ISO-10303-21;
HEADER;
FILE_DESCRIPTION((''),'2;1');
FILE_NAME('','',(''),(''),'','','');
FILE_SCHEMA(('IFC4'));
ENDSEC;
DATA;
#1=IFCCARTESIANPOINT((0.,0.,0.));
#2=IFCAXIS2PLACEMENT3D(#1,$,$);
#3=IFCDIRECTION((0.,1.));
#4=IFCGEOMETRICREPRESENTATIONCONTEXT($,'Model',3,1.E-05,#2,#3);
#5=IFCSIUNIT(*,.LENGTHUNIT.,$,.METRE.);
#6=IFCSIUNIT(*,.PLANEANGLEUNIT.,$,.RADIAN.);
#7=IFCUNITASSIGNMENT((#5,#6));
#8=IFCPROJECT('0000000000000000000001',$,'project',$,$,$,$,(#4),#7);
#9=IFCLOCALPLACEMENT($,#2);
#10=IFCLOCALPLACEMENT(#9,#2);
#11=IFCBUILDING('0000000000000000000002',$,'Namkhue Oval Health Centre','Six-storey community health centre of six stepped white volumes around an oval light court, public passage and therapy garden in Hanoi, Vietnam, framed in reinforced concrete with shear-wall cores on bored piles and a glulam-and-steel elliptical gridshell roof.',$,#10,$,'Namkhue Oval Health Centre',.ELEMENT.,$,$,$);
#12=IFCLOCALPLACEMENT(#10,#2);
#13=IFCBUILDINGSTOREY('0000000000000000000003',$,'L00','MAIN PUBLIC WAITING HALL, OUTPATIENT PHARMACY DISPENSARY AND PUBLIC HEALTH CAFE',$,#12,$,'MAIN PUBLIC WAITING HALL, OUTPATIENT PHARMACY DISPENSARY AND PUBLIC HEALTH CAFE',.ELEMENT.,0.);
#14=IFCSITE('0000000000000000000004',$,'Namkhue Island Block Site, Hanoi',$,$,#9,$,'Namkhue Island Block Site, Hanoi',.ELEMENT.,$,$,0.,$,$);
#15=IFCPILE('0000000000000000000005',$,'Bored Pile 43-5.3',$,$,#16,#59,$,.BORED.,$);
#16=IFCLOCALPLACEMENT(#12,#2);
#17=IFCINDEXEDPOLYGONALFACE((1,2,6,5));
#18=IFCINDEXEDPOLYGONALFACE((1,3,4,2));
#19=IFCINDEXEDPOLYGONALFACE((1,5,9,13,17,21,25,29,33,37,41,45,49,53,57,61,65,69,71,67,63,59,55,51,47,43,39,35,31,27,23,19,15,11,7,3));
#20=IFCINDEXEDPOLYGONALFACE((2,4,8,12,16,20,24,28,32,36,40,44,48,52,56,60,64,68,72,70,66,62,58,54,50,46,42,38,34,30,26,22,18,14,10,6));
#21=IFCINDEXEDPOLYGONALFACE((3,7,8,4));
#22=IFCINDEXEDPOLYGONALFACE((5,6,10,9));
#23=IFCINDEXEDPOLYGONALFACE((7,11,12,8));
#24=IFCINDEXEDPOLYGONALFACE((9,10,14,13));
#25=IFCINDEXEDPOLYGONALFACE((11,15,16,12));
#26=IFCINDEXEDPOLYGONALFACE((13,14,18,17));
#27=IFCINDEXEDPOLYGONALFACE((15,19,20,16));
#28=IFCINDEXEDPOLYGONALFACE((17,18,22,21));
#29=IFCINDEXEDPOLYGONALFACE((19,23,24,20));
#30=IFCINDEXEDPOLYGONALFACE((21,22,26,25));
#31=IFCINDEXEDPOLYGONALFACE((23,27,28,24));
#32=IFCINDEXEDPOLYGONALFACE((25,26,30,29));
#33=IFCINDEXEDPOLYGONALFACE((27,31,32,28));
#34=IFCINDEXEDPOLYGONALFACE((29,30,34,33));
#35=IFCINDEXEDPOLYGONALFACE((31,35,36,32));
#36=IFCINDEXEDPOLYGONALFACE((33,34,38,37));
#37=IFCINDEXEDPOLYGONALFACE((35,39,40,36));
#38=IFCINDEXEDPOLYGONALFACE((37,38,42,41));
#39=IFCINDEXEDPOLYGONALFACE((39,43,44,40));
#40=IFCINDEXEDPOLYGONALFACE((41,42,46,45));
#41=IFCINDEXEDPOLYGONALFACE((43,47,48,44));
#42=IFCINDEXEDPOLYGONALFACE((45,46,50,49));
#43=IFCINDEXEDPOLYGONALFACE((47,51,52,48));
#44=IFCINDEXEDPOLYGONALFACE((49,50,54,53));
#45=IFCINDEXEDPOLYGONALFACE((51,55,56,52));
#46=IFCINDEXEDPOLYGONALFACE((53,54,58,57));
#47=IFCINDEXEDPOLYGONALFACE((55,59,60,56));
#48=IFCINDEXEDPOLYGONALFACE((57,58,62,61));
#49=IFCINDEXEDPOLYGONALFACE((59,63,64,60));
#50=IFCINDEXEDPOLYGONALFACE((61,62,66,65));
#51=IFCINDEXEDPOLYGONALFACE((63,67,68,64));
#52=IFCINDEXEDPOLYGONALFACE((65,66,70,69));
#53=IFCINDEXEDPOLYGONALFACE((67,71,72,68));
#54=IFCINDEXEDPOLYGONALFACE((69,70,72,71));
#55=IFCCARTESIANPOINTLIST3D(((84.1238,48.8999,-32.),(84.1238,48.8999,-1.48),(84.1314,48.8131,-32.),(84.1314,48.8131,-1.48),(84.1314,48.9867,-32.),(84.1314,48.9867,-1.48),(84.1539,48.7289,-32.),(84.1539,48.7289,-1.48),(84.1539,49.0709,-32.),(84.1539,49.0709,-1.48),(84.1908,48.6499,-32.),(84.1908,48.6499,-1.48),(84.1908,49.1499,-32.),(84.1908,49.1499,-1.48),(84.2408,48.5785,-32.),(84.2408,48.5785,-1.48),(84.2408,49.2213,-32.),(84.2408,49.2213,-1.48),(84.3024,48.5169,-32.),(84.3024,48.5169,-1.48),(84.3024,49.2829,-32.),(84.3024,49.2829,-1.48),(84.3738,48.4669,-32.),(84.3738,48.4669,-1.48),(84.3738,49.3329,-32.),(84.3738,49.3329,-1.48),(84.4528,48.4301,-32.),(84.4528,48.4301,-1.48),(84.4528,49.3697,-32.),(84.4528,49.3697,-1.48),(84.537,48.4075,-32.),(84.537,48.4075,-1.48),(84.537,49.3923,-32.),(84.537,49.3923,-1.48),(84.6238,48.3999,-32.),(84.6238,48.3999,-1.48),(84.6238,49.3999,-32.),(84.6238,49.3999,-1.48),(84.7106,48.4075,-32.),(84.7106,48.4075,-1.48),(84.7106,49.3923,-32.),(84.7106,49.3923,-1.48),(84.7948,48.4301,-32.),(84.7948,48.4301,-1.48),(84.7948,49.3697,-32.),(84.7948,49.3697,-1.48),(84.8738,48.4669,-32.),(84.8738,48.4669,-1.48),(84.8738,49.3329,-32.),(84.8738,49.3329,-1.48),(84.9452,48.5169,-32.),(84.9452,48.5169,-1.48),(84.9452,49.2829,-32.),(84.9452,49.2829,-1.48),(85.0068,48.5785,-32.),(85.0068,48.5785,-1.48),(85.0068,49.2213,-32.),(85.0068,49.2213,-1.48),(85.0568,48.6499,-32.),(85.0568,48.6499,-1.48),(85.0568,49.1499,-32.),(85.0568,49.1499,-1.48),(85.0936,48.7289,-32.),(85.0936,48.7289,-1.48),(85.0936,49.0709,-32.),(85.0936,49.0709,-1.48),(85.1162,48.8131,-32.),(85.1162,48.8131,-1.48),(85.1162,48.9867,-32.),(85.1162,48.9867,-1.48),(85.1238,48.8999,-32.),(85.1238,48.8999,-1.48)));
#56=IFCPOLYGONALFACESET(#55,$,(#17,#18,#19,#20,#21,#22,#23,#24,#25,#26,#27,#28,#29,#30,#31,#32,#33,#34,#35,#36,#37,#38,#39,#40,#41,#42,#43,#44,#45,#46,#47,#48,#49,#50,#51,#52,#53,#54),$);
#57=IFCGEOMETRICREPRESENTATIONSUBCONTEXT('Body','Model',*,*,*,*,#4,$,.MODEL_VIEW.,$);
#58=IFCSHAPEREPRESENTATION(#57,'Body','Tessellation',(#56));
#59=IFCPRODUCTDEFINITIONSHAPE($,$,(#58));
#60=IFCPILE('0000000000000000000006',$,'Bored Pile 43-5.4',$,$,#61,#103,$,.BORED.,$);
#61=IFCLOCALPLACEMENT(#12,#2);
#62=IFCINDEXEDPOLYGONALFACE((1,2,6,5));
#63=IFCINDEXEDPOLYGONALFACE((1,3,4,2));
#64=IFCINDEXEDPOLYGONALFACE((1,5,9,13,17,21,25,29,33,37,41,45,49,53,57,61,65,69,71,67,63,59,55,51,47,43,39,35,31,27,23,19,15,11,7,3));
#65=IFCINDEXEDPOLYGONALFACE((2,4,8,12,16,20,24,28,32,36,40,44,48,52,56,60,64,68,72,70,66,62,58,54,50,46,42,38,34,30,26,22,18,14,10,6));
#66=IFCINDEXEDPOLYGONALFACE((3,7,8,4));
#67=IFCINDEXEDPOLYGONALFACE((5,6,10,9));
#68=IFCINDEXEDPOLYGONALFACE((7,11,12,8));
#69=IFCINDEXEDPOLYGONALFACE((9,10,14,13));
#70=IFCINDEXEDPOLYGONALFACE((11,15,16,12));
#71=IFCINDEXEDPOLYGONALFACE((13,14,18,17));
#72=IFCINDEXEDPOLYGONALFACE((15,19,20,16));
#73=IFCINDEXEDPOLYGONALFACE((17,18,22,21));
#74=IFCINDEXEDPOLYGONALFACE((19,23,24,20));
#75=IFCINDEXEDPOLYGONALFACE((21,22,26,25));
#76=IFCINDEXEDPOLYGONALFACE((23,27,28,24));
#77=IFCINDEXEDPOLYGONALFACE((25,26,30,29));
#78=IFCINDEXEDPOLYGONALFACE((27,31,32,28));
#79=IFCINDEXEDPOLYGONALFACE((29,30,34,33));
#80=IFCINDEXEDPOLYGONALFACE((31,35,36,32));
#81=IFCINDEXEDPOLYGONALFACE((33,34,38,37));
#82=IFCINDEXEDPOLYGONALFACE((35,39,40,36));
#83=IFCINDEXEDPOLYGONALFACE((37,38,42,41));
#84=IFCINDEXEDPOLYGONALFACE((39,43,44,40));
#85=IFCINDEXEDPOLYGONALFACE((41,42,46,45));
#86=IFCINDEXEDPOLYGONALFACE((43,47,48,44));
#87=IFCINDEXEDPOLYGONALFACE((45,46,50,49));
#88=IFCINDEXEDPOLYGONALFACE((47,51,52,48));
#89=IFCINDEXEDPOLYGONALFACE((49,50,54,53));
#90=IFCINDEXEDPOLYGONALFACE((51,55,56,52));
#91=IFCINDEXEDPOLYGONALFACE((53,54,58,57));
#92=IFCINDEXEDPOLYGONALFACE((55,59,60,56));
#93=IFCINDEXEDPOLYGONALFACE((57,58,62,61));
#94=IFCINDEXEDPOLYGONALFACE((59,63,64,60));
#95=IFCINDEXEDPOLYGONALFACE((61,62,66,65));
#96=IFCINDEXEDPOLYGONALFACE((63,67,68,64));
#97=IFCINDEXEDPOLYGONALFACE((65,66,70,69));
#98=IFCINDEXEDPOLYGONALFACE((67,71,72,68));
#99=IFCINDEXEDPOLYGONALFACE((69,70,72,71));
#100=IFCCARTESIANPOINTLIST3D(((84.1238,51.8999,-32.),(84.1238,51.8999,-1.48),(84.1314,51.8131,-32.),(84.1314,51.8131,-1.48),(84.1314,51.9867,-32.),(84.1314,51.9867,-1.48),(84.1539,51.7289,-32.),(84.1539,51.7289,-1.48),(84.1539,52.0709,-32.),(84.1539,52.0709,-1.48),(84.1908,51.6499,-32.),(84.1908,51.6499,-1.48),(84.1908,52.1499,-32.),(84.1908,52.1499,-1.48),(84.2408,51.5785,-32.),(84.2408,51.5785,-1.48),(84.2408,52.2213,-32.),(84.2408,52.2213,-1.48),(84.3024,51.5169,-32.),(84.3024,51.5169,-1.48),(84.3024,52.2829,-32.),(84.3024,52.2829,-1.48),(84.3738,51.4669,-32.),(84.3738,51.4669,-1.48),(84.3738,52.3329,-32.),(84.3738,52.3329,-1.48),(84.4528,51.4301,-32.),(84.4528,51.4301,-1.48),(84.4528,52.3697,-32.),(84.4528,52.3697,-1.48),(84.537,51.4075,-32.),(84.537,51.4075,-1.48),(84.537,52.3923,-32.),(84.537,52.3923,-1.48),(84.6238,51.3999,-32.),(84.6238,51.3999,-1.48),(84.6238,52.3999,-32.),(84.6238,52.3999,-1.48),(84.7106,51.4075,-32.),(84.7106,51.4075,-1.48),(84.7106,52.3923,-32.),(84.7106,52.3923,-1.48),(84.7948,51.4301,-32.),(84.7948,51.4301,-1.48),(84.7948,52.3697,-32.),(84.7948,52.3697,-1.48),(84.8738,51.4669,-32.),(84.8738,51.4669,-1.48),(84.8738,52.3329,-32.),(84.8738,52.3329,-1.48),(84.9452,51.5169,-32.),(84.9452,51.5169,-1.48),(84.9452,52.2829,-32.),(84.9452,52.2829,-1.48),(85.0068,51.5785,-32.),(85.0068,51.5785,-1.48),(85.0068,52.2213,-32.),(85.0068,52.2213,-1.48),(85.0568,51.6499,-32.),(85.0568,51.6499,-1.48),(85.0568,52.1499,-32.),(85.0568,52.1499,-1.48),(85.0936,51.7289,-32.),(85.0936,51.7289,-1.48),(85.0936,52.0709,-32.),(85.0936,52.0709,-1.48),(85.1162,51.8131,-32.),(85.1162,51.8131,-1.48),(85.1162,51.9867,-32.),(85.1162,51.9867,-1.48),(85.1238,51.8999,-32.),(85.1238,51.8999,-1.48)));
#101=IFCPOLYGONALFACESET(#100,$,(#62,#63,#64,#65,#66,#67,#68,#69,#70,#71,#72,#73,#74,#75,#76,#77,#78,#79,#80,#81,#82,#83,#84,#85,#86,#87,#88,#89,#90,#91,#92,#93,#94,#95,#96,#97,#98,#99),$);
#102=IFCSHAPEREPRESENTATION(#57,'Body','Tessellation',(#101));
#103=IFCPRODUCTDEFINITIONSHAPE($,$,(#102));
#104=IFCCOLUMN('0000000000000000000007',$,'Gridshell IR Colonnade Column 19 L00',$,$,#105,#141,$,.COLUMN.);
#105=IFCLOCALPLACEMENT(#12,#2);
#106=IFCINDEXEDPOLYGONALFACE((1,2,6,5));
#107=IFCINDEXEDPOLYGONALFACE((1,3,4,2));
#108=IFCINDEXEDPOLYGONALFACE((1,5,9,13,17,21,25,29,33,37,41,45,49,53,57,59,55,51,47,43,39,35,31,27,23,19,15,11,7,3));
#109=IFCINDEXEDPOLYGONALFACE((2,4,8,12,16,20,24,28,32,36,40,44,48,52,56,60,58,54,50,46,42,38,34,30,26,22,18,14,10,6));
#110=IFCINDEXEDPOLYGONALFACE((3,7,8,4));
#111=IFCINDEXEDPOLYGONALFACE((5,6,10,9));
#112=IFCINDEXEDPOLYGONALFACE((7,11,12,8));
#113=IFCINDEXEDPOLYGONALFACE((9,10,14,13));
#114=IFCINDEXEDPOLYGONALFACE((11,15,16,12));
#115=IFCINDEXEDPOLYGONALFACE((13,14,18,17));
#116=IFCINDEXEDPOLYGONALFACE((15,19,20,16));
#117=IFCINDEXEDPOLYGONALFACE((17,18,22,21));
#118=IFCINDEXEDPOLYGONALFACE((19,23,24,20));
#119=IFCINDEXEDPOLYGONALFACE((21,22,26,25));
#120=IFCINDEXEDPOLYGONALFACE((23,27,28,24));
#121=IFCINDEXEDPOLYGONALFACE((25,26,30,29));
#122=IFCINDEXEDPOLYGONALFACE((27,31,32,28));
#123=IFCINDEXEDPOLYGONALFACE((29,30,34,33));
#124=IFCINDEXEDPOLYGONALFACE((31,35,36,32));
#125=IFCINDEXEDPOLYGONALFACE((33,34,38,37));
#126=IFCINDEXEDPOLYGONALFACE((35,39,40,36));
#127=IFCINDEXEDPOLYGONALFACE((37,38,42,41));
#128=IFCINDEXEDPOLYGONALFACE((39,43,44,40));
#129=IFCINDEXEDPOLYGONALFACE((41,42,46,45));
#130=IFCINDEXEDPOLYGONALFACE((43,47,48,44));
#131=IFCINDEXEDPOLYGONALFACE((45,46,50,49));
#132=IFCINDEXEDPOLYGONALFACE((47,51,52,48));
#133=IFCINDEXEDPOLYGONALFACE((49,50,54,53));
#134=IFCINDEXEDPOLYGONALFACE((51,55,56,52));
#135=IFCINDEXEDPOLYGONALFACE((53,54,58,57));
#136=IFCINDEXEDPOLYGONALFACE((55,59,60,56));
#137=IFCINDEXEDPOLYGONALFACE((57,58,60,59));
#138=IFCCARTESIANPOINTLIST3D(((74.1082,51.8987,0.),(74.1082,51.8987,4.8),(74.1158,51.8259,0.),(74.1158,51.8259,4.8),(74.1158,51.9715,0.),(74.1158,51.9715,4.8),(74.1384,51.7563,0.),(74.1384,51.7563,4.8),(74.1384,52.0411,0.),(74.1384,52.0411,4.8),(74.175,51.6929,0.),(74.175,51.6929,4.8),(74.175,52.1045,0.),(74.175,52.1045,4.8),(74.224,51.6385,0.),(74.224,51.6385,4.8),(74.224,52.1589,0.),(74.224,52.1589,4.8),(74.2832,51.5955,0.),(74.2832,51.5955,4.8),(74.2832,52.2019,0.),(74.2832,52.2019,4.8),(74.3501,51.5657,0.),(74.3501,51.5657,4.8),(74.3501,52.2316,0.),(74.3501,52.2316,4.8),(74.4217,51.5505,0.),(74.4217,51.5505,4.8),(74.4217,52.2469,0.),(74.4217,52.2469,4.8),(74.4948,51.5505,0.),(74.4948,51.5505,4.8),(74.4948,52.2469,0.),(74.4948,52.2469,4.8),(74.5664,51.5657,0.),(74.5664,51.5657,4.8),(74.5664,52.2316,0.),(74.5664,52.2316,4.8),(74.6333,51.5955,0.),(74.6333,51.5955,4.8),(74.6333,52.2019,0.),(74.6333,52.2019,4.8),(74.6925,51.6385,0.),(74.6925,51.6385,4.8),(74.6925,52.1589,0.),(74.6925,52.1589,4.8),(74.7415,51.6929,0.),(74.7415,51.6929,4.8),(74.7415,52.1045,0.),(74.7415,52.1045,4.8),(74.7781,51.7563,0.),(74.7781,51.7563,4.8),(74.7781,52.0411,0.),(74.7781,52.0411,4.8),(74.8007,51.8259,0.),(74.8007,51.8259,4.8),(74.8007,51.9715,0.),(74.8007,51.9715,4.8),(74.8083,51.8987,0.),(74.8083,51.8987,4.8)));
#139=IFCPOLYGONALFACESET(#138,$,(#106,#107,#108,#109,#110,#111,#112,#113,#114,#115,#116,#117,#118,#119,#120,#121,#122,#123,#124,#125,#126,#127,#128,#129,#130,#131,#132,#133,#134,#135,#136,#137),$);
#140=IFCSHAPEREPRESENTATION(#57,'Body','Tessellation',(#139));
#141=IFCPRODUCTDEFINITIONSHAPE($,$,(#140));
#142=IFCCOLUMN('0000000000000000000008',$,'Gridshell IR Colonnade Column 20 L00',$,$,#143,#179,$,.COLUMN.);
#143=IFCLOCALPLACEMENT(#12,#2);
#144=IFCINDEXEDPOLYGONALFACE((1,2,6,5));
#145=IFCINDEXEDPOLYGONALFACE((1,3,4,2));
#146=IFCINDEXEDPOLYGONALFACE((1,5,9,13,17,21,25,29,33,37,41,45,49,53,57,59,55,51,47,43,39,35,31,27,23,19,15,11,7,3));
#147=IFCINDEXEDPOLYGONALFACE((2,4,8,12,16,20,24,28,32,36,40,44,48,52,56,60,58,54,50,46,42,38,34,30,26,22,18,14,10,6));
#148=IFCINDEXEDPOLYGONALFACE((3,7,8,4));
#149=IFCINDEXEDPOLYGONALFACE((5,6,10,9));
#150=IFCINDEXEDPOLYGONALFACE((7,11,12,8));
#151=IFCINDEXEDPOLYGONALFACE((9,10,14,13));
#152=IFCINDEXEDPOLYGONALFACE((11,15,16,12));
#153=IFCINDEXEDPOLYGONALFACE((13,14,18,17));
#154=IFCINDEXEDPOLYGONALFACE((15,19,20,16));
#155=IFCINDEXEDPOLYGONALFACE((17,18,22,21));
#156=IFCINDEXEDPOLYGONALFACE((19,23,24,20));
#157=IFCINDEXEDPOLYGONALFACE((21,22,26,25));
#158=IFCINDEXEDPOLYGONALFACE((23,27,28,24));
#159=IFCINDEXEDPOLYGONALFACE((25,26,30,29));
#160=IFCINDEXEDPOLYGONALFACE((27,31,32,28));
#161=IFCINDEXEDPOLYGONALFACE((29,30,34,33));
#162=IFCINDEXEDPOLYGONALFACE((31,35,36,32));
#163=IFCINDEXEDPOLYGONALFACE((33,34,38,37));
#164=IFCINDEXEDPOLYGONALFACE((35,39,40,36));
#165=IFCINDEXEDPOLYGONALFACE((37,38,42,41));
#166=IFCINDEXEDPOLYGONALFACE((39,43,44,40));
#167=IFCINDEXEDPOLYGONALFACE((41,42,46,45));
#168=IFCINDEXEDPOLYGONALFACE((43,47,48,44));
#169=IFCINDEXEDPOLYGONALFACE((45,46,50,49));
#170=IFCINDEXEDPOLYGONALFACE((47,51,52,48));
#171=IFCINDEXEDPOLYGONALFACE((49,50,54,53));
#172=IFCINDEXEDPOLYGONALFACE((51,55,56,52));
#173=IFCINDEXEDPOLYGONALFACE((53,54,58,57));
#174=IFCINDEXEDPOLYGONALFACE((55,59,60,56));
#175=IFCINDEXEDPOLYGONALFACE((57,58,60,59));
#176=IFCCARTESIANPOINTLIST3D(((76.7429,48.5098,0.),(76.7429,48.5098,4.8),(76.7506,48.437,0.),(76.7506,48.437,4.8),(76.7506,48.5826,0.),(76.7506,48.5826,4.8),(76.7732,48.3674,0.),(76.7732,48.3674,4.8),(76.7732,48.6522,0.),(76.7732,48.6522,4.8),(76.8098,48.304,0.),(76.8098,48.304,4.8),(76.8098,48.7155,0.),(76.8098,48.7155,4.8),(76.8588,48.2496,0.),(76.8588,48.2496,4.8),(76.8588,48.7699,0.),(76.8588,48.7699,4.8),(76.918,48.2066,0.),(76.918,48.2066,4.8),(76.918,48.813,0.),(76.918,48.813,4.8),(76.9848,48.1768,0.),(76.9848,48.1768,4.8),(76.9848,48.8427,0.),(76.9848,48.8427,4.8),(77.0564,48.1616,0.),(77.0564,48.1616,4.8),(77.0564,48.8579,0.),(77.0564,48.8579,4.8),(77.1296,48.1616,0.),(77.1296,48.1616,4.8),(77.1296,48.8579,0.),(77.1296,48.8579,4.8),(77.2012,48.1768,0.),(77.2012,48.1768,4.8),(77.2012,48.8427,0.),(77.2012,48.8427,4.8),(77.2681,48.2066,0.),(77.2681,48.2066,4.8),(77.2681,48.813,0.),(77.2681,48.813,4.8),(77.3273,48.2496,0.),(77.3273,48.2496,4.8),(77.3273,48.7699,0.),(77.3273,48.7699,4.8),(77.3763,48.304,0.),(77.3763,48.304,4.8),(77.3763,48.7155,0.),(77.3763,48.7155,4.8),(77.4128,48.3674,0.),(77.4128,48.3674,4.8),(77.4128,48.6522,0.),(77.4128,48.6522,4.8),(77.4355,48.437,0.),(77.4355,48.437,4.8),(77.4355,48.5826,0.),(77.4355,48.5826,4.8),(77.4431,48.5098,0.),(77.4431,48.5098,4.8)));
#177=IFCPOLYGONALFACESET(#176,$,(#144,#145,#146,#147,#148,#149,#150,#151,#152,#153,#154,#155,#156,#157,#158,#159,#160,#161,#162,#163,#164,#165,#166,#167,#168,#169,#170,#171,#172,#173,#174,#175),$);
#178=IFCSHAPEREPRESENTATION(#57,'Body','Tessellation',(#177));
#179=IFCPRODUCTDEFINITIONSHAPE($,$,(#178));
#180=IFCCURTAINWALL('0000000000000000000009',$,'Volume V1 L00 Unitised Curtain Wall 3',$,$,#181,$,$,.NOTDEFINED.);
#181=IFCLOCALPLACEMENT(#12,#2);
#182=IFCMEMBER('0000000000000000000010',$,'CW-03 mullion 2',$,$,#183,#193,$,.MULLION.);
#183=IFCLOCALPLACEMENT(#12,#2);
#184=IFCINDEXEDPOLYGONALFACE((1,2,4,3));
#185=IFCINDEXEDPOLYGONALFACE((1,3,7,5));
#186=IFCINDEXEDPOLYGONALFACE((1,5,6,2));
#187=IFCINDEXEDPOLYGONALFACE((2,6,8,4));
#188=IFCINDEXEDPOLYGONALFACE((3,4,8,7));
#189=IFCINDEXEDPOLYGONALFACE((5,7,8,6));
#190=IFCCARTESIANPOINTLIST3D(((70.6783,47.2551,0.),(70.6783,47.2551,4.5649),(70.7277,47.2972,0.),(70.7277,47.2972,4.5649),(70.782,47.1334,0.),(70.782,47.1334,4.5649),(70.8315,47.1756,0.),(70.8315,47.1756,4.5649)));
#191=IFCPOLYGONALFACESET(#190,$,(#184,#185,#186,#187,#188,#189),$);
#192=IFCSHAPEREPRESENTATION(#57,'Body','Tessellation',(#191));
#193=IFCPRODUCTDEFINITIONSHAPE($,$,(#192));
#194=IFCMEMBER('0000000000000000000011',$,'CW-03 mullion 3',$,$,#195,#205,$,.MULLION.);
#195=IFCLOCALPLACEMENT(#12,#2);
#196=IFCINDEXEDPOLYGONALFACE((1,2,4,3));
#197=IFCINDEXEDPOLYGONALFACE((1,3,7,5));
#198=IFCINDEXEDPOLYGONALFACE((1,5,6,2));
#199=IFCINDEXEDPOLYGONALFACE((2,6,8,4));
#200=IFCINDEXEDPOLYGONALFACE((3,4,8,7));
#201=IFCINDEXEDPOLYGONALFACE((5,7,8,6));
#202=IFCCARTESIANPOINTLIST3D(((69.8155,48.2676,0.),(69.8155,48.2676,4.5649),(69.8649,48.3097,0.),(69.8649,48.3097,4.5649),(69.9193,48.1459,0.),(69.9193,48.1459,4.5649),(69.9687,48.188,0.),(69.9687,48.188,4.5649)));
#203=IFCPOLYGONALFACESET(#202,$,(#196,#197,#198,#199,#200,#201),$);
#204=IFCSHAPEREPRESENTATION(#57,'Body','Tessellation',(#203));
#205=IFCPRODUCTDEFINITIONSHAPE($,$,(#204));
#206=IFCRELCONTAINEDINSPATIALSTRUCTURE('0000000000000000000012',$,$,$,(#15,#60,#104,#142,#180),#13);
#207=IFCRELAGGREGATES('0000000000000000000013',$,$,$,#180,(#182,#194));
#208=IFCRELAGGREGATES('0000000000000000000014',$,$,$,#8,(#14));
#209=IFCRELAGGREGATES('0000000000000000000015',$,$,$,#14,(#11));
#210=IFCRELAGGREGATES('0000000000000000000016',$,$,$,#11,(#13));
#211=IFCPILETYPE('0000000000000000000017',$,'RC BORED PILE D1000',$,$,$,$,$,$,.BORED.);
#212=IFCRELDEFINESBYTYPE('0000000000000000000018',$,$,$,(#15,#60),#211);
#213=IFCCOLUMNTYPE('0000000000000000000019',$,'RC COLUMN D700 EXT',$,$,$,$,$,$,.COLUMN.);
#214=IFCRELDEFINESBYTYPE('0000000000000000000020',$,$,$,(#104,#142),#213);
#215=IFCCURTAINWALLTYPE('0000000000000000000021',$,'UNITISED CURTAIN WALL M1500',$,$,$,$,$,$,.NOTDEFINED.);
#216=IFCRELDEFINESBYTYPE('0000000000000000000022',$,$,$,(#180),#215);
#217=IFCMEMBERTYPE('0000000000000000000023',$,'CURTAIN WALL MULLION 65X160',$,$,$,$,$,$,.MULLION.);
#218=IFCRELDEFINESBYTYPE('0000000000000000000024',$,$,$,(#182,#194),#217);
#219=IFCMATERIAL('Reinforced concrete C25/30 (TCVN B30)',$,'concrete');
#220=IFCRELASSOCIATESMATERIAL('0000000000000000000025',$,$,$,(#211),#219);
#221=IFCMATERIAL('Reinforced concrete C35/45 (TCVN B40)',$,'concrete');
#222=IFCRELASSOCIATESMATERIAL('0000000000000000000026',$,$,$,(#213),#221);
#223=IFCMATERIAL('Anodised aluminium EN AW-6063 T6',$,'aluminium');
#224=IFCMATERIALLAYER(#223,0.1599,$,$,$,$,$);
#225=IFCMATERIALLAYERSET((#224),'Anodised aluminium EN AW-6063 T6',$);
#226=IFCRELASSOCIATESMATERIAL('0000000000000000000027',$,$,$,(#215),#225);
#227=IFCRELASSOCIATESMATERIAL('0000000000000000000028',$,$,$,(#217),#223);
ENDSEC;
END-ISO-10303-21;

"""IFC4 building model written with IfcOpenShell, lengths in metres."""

from ifc_helpers import new_model, si_unit, direction, frame, origin, origin_2d, place, context, subcontext, project, spatial, rectangle, circle, extrude, material, layer, layer_set, material_profile, profile_set, type_object, element, aggregate, save


model = new_model("IFC4")

# Units and contexts
model_context = context("Model", 3, precision=1e-05, world=origin(), true_north=direction((0.0, 1.0)))
body_context = subcontext(model_context, "Body", "Model", "MODEL_VIEW")
ifc_project = project(units=[si_unit("LENGTHUNIT", "METRE"), si_unit("PLANEANGLEUNIT", "RADIAN")], contexts=[model_context])

# Site, building, storey
site_placement = place(None, origin())
site = spatial("IfcSite", under=ifc_project, at=site_placement, Name="Namkhue Island Block Site, Hanoi", LongName="Namkhue Island Block Site, Hanoi", CompositionType="ELEMENT", RefElevation=0.0)
building_placement = place(site_placement, origin())
building = spatial("IfcBuilding", under=site, at=building_placement, Name="Namkhue Oval Health Centre", Description="Six-storey community health centre of six stepped white volumes around an oval light court, public passage and therapy garden in Hanoi, Vietnam, framed in reinforced concrete with shear-wall cores on bored piles and a glulam-and-steel elliptical gridshell roof.", LongName="Namkhue Oval Health Centre", CompositionType="ELEMENT")
storey_placement = place(building_placement, origin())
storey = spatial("IfcBuildingStorey", under=building, at=storey_placement, Name="L00", Description="MAIN PUBLIC WAITING HALL, OUTPATIENT PHARMACY DISPENSARY AND PUBLIC HEALTH CAFE", LongName="MAIN PUBLIC WAITING HALL, OUTPATIENT PHARMACY DISPENSARY AND PUBLIC HEALTH CAFE", CompositionType="ELEMENT", Elevation=0.0)

# Piles
ifc_material_1 = material(Name="Reinforced concrete C25/30 (TCVN B30)", Category="concrete")
ifc_material_profile_1 = material_profile(ifc_material_1, circle(Radius=0.5, at=origin_2d()), Name="BORED PILE D1000")
ifc_profile_set_1 = profile_set([ifc_material_profile_1], Name="Reinforced concrete C25/30 (TCVN B30)")
pile_type = type_object("IfcPileType", Name="RC BORED PILE D1000", PredefinedType="BORED", material=ifc_profile_set_1)
for number, where, z_axis, x_axis, name in (
    (1, (84.6238, 48.8999, -1.48), (0.0, 0.0, -1.0), (1.0, 0.0, 0.0), "Bored Pile 43-5.3"),
    (2, (84.6238, 51.8999, -1.48), (0.0, 0.0, -1.0), (1.0, 0.0, 0.0), "Bored Pile 43-5.4"),
):
    element("IfcPile", number, at=place(storey_placement, frame(where, z_axis=z_axis, x_axis=x_axis)), inside=storey, type_object=pile_type, Name=name, PredefinedType="BORED", context=body_context, shape_type="SweptSolid", body=[
        extrude(circle(Radius=0.5, at=origin_2d()), origin(), (0.0, 0.0, 1.0), 30.52),
    ])

# Columns
ifc_material_2 = material(Name="Reinforced concrete C35/45 (TCVN B40)", Category="concrete")
ifc_material_profile_2 = material_profile(ifc_material_2, circle(Radius=0.3501, at=origin_2d()), Name="RC D700")
ifc_profile_set_2 = profile_set([ifc_material_profile_2], Name="Reinforced concrete C35/45 (TCVN B40)")
column_type = type_object("IfcColumnType", Name="RC COLUMN D700 EXT", PredefinedType="COLUMN", material=ifc_profile_set_2)
for number, where, z_axis, x_axis, name in (
    (3, (74.4583, 51.8987, 0.0), (0.0, 0.0, 1.0), (1.0, 0.0, 0.0), "Gridshell IR Colonnade Column 19 L00"),
    (4, (77.093, 48.5098, 0.0), (0.0, 0.0, 1.0), (1.0, 0.0, 0.0), "Gridshell IR Colonnade Column 20 L00"),
):
    element("IfcColumn", number, at=place(storey_placement, frame(where, z_axis=z_axis, x_axis=x_axis)), inside=storey, type_object=column_type, Name=name, PredefinedType="COLUMN", context=body_context, shape_type="SweptSolid", body=[
        extrude(circle(Radius=0.3501, at=origin_2d()), origin(), (0.0, 0.0, 1.0), 4.8),
    ])

# Curtain wall, members
ifc_material_3 = material(Name="Anodised aluminium EN AW-6063 T6", Category="aluminium")
ifc_layer_1 = layer(ifc_material_3, 0.1599)
ifc_layer_set_1 = layer_set([ifc_layer_1], Name="Anodised aluminium EN AW-6063 T6")
curtain_wall_type = type_object("IfcCurtainWallType", Name="UNITISED CURTAIN WALL M1500", PredefinedType="NOTDEFINED", material=ifc_layer_set_1)
curtain_wall_placement = place(storey_placement, origin())
curtain_wall = element("IfcCurtainWall", 5, at=curtain_wall_placement, inside=storey, type_object=curtain_wall_type, Name="Volume V1 L00 Unitised Curtain Wall 3", PredefinedType="NOTDEFINED")
ifc_material_profile_3 = material_profile(ifc_material_3, rectangle(XDim=0.0649, YDim=0.1599, at=origin_2d()), Name="ALU 65x160")
ifc_profile_set_3 = profile_set([ifc_material_profile_3], Name="Anodised aluminium EN AW-6063 T6")
member_type_1 = type_object("IfcMemberType", Name="CURTAIN WALL MULLION 65X160", PredefinedType="MULLION", material=ifc_profile_set_3)
member_1_placement = place(storey_placement, frame((70.7549, 47.2153, 0.0), z_axis=(0.0, 0.0, 1.0), x_axis=(-0.761005, -0.648746, 0.0)))
member_1 = element("IfcMember", 6, at=member_1_placement, type_object=member_type_1, Name="CW-03 mullion 2", PredefinedType="MULLION", context=body_context, shape_type="SweptSolid", body=[
    extrude(rectangle(XDim=0.0649, YDim=0.1599, at=origin_2d()), origin(), (0.0, 0.0, 1.0), 4.5649),
])
member_2_placement = place(storey_placement, frame((69.8921, 48.2278, 0.0), z_axis=(0.0, 0.0, 1.0), x_axis=(-0.761005, -0.648746, 0.0)))
member_2 = element("IfcMember", 7, at=member_2_placement, type_object=member_type_1, Name="CW-03 mullion 3", PredefinedType="MULLION", context=body_context, shape_type="SweptSolid", body=[
    extrude(rectangle(XDim=0.0649, YDim=0.1599, at=origin_2d()), origin(), (0.0, 0.0, 1.0), 4.5649),
])
aggregate(curtain_wall, [member_1, member_2])

save(model, "model.ifc")
